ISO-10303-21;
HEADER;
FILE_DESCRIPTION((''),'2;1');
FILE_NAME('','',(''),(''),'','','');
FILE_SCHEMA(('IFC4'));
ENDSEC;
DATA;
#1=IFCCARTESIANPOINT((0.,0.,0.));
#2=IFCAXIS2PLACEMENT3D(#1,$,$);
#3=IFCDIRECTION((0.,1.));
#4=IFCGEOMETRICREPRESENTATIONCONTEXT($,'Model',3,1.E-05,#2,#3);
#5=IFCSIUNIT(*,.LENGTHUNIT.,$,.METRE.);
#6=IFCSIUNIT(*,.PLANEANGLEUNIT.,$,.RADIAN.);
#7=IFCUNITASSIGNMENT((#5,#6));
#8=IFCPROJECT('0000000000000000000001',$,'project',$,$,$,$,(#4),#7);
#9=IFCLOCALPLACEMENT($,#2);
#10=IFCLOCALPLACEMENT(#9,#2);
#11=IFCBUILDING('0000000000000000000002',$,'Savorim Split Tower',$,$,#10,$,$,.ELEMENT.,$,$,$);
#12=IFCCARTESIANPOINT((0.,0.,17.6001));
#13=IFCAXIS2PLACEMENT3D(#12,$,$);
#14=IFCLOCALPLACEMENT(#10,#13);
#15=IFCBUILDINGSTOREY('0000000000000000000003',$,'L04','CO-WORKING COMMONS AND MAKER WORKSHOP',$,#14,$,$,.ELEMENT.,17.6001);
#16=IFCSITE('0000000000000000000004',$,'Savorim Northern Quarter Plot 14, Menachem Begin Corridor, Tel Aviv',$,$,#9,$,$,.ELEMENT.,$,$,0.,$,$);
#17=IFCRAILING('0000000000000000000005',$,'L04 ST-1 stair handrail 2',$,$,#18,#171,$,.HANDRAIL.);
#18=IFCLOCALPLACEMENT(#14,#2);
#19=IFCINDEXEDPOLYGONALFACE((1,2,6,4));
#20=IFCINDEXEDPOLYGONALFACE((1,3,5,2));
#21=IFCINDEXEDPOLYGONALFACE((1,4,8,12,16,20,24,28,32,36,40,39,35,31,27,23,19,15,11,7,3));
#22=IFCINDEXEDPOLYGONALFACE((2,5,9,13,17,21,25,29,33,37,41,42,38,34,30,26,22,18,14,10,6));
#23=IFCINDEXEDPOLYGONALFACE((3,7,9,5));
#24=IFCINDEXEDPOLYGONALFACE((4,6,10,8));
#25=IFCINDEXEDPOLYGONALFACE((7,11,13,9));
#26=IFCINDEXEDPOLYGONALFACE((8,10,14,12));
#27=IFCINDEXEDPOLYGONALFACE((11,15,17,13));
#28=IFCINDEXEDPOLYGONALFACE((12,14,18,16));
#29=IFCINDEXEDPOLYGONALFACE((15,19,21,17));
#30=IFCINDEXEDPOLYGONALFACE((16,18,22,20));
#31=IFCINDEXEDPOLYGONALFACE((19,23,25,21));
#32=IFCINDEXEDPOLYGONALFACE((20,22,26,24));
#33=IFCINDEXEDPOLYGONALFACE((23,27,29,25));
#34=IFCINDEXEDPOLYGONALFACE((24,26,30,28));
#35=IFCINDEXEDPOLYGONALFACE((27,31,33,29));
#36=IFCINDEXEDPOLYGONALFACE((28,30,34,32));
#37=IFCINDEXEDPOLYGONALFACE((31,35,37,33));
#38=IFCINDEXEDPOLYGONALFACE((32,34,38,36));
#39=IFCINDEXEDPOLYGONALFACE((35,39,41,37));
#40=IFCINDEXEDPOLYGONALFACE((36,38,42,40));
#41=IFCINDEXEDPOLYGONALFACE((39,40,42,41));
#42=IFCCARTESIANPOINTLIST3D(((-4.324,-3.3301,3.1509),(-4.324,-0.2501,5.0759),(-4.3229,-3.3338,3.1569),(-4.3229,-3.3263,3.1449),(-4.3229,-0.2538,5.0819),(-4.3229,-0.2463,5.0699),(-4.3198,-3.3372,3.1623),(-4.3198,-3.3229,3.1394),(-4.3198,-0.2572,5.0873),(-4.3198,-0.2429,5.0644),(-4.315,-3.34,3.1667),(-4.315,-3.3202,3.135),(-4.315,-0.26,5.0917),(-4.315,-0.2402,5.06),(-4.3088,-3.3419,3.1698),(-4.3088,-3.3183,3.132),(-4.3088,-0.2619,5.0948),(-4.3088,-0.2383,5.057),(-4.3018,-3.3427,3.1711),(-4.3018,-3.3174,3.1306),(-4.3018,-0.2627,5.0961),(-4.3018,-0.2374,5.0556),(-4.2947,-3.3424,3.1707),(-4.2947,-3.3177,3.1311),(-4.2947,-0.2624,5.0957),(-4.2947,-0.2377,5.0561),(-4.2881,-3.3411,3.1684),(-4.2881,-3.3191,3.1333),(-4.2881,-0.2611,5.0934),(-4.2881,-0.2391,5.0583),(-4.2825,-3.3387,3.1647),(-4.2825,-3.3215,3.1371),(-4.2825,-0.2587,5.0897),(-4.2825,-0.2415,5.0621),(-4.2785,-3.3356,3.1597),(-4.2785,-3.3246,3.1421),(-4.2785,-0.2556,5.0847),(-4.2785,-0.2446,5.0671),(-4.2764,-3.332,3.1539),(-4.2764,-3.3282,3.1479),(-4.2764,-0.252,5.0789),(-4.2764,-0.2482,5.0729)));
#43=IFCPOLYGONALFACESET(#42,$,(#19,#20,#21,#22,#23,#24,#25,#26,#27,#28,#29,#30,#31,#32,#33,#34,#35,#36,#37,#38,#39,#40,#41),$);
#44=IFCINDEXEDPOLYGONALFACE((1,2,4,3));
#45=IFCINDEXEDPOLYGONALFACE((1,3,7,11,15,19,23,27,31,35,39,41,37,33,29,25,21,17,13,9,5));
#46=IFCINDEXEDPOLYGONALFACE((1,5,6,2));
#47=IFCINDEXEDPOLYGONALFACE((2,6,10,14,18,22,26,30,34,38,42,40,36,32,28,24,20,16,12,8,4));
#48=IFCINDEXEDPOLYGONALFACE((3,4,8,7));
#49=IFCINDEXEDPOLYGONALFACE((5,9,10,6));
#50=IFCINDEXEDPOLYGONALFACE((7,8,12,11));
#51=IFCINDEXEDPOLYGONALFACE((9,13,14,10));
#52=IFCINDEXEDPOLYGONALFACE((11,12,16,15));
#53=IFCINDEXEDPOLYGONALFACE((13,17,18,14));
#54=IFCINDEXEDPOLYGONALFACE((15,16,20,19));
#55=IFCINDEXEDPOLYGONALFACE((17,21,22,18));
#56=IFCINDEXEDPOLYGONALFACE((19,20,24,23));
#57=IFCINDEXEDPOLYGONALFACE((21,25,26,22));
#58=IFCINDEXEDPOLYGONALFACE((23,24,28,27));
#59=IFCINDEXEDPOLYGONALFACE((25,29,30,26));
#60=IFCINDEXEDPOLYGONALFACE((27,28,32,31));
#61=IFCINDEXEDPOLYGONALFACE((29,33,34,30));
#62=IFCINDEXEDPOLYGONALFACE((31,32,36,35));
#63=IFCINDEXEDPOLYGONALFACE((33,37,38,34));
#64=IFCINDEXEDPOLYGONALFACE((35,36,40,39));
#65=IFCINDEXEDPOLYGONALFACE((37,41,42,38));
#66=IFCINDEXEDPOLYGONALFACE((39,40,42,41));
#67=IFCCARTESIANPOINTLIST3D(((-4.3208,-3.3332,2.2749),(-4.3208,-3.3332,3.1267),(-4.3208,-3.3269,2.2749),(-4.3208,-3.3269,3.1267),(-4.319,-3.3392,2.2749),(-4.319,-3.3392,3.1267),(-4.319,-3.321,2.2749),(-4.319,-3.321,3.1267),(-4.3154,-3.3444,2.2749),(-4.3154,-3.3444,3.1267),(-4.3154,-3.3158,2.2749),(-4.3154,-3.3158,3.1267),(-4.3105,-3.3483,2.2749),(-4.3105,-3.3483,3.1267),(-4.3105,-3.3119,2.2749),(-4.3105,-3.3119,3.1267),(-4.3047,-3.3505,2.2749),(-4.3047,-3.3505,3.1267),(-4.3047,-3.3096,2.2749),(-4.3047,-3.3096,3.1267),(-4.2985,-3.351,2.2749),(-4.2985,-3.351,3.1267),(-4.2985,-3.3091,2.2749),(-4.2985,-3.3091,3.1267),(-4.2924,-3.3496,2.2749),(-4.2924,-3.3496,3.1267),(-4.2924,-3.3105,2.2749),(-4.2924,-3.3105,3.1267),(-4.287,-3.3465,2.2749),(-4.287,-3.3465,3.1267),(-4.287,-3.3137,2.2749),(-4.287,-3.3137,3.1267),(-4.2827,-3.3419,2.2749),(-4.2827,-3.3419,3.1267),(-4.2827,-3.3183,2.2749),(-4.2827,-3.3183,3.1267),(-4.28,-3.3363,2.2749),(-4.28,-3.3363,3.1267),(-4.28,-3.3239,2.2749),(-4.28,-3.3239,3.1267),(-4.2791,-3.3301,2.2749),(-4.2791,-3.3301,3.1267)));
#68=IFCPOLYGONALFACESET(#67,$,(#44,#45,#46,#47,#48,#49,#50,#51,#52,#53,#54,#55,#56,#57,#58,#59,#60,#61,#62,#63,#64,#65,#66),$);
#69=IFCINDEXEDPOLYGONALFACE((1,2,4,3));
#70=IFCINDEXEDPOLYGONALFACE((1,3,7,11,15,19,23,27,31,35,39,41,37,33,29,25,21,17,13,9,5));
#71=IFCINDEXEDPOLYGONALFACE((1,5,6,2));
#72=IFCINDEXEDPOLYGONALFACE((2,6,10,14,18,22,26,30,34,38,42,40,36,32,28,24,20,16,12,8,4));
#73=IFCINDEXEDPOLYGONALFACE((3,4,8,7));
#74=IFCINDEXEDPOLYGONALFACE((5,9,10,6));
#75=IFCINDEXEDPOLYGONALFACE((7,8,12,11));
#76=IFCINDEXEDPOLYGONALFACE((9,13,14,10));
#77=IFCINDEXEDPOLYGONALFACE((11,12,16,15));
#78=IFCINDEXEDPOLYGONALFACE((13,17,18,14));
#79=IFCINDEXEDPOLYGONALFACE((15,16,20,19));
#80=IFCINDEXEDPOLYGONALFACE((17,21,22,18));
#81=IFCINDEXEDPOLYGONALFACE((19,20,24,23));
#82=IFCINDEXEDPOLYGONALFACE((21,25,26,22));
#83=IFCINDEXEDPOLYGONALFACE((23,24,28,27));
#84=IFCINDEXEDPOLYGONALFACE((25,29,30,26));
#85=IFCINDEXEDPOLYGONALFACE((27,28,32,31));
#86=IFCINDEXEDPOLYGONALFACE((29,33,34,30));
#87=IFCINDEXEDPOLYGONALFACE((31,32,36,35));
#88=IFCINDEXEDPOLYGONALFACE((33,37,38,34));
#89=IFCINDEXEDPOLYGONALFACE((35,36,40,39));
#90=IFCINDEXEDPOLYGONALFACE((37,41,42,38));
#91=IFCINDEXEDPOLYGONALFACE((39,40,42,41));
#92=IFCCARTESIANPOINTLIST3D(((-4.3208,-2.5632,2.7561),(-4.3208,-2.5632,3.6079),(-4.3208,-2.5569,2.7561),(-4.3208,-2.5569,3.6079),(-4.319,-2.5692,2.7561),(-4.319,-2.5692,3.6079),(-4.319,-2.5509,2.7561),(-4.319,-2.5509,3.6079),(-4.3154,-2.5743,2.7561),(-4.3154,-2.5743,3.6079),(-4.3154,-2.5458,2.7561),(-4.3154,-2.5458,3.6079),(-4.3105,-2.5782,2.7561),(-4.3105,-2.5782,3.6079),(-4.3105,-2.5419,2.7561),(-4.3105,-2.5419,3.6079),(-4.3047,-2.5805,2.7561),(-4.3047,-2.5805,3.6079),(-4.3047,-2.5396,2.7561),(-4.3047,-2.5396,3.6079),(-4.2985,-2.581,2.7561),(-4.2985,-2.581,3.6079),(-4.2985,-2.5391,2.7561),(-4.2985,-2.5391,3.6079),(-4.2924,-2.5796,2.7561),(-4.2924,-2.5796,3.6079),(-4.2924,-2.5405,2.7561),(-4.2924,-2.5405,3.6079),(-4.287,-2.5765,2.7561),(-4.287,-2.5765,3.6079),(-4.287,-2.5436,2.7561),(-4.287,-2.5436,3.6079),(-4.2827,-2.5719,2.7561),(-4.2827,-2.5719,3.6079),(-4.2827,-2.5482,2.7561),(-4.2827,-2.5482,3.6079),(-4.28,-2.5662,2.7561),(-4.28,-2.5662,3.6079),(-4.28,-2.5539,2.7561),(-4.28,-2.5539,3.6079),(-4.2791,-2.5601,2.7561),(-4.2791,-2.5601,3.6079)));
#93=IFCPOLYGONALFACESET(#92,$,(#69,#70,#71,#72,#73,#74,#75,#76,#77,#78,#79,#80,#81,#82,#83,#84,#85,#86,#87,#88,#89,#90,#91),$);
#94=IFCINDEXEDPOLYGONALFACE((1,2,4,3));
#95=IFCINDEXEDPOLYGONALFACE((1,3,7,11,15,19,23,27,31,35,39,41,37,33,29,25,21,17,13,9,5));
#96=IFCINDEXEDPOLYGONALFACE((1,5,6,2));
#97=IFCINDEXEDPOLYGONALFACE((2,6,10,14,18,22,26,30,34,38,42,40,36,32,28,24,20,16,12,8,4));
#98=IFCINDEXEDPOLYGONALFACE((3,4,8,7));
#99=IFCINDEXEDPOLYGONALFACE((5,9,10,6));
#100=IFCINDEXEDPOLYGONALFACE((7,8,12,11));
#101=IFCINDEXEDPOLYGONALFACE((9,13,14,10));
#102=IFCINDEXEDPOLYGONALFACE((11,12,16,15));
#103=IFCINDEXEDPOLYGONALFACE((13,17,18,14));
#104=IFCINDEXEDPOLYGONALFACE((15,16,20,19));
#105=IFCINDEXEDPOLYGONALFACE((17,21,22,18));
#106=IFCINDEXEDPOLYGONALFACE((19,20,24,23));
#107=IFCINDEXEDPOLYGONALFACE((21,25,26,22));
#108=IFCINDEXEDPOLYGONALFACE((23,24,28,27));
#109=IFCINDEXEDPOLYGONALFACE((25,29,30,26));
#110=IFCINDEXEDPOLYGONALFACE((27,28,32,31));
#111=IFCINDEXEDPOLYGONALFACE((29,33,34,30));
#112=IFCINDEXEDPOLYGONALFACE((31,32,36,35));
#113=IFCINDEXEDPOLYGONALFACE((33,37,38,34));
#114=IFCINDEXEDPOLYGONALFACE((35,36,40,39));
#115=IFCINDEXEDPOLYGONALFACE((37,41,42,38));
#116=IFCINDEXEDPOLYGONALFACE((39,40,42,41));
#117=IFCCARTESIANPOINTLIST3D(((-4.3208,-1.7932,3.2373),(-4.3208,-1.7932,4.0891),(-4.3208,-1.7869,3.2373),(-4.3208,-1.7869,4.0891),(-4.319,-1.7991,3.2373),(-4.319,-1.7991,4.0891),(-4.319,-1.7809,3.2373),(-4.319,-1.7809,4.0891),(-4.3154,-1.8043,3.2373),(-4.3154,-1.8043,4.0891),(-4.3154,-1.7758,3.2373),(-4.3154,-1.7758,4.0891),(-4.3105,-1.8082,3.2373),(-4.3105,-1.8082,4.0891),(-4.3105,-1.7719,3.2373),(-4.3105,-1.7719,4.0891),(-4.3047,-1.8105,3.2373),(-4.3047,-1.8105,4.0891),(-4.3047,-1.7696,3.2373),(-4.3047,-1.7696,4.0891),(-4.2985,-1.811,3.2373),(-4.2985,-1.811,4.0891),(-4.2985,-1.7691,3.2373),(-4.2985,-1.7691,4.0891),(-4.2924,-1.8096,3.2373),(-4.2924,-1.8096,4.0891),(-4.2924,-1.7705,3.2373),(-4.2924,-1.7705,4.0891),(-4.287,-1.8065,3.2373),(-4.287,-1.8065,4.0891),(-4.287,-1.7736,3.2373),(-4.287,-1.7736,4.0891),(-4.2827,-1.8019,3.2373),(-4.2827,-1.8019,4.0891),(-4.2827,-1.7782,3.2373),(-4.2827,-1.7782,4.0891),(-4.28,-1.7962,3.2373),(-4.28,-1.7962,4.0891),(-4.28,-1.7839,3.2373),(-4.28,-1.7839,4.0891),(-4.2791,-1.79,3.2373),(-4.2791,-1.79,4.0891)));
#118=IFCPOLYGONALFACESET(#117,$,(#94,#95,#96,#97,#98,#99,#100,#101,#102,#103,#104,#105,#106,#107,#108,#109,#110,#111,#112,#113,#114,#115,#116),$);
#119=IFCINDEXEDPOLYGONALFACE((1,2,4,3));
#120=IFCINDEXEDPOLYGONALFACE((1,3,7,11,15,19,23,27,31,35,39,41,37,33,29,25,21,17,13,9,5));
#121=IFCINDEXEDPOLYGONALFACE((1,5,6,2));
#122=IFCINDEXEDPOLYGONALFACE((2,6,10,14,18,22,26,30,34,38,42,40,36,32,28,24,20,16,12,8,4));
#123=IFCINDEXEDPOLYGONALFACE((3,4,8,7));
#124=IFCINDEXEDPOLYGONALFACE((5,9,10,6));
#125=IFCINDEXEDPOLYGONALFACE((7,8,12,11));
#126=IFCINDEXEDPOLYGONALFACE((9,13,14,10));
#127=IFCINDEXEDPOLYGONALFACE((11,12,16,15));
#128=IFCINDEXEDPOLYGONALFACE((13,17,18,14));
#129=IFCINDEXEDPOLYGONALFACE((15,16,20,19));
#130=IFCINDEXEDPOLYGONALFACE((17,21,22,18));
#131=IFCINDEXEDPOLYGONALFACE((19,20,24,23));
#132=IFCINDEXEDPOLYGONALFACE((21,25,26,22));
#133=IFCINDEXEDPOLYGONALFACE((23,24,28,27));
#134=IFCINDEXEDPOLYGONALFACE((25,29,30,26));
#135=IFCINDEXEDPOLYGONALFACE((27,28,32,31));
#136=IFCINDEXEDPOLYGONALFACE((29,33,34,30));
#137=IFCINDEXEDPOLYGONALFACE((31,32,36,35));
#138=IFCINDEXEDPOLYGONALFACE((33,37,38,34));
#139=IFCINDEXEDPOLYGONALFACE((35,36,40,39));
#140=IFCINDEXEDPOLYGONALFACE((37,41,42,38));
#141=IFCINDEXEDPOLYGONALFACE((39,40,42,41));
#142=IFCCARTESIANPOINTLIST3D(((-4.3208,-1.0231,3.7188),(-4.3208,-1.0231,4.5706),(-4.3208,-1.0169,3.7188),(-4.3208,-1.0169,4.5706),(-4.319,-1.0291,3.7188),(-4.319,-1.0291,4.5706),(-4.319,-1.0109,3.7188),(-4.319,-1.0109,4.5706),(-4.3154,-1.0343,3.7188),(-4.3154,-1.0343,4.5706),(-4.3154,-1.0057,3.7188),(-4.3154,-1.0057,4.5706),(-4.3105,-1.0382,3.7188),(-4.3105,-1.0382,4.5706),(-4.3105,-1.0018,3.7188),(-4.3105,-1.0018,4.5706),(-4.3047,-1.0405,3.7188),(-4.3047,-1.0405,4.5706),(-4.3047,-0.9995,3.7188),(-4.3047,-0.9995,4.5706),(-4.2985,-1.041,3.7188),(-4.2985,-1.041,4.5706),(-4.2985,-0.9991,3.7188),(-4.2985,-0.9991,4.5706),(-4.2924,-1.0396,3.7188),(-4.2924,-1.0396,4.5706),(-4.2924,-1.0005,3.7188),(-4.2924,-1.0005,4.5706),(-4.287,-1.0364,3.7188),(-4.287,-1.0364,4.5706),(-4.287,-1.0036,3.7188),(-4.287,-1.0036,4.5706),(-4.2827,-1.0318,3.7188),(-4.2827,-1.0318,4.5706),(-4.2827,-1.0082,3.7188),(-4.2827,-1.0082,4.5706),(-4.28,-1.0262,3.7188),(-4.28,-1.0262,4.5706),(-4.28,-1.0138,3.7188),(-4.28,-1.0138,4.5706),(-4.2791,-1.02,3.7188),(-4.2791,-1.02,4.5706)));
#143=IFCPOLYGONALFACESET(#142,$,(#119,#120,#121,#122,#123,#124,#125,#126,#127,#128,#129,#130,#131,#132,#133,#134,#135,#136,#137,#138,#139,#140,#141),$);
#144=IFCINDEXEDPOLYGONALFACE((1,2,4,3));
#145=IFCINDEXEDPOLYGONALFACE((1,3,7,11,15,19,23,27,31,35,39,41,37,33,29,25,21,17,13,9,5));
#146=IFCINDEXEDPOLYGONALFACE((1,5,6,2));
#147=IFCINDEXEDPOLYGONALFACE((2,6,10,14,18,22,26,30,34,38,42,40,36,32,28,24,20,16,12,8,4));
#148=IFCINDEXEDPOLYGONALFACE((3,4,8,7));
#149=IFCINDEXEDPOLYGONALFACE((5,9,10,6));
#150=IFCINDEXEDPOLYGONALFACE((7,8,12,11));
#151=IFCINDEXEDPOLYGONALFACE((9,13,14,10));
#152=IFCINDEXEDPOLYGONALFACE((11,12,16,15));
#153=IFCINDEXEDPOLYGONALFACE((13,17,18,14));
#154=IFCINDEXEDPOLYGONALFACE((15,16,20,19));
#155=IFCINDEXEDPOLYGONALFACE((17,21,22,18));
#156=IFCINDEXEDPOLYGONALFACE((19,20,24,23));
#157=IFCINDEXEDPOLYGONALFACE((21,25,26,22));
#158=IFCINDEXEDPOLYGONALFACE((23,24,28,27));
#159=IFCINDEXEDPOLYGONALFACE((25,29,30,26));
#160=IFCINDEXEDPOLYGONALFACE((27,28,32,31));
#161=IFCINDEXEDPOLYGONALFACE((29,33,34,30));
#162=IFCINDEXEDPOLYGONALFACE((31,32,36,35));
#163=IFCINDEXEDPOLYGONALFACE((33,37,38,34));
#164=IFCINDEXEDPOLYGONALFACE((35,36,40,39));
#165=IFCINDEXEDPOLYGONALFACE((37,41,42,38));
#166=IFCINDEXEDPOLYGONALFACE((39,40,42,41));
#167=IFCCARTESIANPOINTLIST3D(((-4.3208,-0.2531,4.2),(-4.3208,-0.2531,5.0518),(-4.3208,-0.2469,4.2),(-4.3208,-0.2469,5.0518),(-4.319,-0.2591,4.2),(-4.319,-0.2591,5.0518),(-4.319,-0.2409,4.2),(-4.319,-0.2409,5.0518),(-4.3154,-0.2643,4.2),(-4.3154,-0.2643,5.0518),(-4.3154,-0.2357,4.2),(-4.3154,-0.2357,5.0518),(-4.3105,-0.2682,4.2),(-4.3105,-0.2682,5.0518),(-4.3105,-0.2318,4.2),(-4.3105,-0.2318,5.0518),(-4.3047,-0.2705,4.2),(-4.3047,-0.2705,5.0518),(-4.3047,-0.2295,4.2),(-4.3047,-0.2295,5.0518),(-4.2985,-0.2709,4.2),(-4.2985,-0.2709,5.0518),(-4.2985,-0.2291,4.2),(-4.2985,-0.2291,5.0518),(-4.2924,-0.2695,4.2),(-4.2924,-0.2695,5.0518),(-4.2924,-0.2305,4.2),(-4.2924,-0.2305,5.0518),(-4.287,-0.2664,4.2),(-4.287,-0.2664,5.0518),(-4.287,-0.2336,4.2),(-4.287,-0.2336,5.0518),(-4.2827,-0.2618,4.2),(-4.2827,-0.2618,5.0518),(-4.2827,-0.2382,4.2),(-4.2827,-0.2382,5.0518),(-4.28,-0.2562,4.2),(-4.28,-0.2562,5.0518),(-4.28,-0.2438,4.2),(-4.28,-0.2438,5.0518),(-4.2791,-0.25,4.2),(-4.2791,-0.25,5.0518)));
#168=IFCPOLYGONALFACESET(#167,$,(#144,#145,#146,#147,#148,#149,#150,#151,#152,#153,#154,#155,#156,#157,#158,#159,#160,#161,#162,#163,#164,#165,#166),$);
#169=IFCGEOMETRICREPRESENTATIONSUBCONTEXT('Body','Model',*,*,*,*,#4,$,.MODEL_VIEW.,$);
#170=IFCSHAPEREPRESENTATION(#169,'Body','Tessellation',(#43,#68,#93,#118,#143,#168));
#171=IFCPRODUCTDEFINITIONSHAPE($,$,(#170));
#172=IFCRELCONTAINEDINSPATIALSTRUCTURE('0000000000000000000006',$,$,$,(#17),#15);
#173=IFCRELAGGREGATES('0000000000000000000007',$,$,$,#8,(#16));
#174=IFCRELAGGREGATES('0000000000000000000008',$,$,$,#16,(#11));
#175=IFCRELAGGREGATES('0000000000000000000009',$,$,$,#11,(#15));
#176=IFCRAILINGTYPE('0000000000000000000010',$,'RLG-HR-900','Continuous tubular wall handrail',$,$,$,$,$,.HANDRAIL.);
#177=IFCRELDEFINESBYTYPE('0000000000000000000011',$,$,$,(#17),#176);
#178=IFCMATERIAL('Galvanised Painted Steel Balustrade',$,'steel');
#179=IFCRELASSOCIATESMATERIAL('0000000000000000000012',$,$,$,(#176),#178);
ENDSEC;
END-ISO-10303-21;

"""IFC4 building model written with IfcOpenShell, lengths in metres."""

from ifc_helpers import new_model, si_unit, direction, frame, origin, origin_2d, place, context, subcontext, project, spatial, circle, extrude, material, type_object, element, save


model = new_model("IFC4")

# Units and contexts
model_context = context("Model", 3, precision=1e-05, world=origin(), true_north=direction((0.0, 1.0)))
body_context = subcontext(model_context, "Body", "Model", "MODEL_VIEW")
ifc_project = project(units=[si_unit("LENGTHUNIT", "METRE"), si_unit("PLANEANGLEUNIT", "RADIAN")], contexts=[model_context])

# Site, building, storey
site_placement = place(None, origin())
site = spatial("IfcSite", under=ifc_project, at=site_placement, Name="Savorim Northern Quarter Plot 14, Menachem Begin Corridor, Tel Aviv", CompositionType="ELEMENT", RefElevation=0.0)
building_placement = place(site_placement, origin())
building = spatial("IfcBuilding", under=site, at=building_placement, Name="Savorim Split Tower", CompositionType="ELEMENT")
storey_placement = place(building_placement, frame((0.0, 0.0, 17.6001)))
storey = spatial("IfcBuildingStorey", under=building, at=storey_placement, Name="L04", Description="CO-WORKING COMMONS AND MAKER WORKSHOP", CompositionType="ELEMENT", Elevation=17.6001)

# Railing
ifc_material_1 = material(Name="Galvanised Painted Steel Balustrade", Category="steel")
railing_type_1 = type_object("IfcRailingType", Name="RLG-HR-900", Description="Continuous tubular wall handrail", PredefinedType="HANDRAIL", material=ifc_material_1)
railing_1_placement = place(storey_placement, frame((-4.3, -3.3301, 2.2749)))
element("IfcRailing", 1, at=railing_1_placement, inside=storey, type_object=railing_type_1, Name="L04 ST-1 stair handrail 2", PredefinedType="HANDRAIL", context=body_context, shape_type="SweptSolid", body=[
    extrude(circle(Radius=0.0239, at=origin_2d()), frame((0.0, 0.0, 0.876), z_axis=(0.0, 0.847998, 0.529999), x_axis=(-1.0, 0.0, 0.0)), (0.0, 0.0, 1.0), 3.6321),
    extrude(circle(Radius=0.021, at=origin_2d()), origin(), (0.0, 0.0, 1.0), 0.8518),
    extrude(circle(Radius=0.021, at=origin_2d()), frame((0.0, 0.77, 0.4812)), (0.0, 0.0, 1.0), 0.8518),
    extrude(circle(Radius=0.021, at=origin_2d()), frame((0.0, 1.54, 0.9624)), (0.0, 0.0, 1.0), 0.8518),
    extrude(circle(Radius=0.021, at=origin_2d()), frame((0.0, 2.3101, 1.4438)), (0.0, 0.0, 1.0), 0.8518),
    extrude(circle(Radius=0.021, at=origin_2d()), frame((0.0, 3.0801, 1.925)), (0.0, 0.0, 1.0), 0.8518),
])

save(model, "model.ifc")
